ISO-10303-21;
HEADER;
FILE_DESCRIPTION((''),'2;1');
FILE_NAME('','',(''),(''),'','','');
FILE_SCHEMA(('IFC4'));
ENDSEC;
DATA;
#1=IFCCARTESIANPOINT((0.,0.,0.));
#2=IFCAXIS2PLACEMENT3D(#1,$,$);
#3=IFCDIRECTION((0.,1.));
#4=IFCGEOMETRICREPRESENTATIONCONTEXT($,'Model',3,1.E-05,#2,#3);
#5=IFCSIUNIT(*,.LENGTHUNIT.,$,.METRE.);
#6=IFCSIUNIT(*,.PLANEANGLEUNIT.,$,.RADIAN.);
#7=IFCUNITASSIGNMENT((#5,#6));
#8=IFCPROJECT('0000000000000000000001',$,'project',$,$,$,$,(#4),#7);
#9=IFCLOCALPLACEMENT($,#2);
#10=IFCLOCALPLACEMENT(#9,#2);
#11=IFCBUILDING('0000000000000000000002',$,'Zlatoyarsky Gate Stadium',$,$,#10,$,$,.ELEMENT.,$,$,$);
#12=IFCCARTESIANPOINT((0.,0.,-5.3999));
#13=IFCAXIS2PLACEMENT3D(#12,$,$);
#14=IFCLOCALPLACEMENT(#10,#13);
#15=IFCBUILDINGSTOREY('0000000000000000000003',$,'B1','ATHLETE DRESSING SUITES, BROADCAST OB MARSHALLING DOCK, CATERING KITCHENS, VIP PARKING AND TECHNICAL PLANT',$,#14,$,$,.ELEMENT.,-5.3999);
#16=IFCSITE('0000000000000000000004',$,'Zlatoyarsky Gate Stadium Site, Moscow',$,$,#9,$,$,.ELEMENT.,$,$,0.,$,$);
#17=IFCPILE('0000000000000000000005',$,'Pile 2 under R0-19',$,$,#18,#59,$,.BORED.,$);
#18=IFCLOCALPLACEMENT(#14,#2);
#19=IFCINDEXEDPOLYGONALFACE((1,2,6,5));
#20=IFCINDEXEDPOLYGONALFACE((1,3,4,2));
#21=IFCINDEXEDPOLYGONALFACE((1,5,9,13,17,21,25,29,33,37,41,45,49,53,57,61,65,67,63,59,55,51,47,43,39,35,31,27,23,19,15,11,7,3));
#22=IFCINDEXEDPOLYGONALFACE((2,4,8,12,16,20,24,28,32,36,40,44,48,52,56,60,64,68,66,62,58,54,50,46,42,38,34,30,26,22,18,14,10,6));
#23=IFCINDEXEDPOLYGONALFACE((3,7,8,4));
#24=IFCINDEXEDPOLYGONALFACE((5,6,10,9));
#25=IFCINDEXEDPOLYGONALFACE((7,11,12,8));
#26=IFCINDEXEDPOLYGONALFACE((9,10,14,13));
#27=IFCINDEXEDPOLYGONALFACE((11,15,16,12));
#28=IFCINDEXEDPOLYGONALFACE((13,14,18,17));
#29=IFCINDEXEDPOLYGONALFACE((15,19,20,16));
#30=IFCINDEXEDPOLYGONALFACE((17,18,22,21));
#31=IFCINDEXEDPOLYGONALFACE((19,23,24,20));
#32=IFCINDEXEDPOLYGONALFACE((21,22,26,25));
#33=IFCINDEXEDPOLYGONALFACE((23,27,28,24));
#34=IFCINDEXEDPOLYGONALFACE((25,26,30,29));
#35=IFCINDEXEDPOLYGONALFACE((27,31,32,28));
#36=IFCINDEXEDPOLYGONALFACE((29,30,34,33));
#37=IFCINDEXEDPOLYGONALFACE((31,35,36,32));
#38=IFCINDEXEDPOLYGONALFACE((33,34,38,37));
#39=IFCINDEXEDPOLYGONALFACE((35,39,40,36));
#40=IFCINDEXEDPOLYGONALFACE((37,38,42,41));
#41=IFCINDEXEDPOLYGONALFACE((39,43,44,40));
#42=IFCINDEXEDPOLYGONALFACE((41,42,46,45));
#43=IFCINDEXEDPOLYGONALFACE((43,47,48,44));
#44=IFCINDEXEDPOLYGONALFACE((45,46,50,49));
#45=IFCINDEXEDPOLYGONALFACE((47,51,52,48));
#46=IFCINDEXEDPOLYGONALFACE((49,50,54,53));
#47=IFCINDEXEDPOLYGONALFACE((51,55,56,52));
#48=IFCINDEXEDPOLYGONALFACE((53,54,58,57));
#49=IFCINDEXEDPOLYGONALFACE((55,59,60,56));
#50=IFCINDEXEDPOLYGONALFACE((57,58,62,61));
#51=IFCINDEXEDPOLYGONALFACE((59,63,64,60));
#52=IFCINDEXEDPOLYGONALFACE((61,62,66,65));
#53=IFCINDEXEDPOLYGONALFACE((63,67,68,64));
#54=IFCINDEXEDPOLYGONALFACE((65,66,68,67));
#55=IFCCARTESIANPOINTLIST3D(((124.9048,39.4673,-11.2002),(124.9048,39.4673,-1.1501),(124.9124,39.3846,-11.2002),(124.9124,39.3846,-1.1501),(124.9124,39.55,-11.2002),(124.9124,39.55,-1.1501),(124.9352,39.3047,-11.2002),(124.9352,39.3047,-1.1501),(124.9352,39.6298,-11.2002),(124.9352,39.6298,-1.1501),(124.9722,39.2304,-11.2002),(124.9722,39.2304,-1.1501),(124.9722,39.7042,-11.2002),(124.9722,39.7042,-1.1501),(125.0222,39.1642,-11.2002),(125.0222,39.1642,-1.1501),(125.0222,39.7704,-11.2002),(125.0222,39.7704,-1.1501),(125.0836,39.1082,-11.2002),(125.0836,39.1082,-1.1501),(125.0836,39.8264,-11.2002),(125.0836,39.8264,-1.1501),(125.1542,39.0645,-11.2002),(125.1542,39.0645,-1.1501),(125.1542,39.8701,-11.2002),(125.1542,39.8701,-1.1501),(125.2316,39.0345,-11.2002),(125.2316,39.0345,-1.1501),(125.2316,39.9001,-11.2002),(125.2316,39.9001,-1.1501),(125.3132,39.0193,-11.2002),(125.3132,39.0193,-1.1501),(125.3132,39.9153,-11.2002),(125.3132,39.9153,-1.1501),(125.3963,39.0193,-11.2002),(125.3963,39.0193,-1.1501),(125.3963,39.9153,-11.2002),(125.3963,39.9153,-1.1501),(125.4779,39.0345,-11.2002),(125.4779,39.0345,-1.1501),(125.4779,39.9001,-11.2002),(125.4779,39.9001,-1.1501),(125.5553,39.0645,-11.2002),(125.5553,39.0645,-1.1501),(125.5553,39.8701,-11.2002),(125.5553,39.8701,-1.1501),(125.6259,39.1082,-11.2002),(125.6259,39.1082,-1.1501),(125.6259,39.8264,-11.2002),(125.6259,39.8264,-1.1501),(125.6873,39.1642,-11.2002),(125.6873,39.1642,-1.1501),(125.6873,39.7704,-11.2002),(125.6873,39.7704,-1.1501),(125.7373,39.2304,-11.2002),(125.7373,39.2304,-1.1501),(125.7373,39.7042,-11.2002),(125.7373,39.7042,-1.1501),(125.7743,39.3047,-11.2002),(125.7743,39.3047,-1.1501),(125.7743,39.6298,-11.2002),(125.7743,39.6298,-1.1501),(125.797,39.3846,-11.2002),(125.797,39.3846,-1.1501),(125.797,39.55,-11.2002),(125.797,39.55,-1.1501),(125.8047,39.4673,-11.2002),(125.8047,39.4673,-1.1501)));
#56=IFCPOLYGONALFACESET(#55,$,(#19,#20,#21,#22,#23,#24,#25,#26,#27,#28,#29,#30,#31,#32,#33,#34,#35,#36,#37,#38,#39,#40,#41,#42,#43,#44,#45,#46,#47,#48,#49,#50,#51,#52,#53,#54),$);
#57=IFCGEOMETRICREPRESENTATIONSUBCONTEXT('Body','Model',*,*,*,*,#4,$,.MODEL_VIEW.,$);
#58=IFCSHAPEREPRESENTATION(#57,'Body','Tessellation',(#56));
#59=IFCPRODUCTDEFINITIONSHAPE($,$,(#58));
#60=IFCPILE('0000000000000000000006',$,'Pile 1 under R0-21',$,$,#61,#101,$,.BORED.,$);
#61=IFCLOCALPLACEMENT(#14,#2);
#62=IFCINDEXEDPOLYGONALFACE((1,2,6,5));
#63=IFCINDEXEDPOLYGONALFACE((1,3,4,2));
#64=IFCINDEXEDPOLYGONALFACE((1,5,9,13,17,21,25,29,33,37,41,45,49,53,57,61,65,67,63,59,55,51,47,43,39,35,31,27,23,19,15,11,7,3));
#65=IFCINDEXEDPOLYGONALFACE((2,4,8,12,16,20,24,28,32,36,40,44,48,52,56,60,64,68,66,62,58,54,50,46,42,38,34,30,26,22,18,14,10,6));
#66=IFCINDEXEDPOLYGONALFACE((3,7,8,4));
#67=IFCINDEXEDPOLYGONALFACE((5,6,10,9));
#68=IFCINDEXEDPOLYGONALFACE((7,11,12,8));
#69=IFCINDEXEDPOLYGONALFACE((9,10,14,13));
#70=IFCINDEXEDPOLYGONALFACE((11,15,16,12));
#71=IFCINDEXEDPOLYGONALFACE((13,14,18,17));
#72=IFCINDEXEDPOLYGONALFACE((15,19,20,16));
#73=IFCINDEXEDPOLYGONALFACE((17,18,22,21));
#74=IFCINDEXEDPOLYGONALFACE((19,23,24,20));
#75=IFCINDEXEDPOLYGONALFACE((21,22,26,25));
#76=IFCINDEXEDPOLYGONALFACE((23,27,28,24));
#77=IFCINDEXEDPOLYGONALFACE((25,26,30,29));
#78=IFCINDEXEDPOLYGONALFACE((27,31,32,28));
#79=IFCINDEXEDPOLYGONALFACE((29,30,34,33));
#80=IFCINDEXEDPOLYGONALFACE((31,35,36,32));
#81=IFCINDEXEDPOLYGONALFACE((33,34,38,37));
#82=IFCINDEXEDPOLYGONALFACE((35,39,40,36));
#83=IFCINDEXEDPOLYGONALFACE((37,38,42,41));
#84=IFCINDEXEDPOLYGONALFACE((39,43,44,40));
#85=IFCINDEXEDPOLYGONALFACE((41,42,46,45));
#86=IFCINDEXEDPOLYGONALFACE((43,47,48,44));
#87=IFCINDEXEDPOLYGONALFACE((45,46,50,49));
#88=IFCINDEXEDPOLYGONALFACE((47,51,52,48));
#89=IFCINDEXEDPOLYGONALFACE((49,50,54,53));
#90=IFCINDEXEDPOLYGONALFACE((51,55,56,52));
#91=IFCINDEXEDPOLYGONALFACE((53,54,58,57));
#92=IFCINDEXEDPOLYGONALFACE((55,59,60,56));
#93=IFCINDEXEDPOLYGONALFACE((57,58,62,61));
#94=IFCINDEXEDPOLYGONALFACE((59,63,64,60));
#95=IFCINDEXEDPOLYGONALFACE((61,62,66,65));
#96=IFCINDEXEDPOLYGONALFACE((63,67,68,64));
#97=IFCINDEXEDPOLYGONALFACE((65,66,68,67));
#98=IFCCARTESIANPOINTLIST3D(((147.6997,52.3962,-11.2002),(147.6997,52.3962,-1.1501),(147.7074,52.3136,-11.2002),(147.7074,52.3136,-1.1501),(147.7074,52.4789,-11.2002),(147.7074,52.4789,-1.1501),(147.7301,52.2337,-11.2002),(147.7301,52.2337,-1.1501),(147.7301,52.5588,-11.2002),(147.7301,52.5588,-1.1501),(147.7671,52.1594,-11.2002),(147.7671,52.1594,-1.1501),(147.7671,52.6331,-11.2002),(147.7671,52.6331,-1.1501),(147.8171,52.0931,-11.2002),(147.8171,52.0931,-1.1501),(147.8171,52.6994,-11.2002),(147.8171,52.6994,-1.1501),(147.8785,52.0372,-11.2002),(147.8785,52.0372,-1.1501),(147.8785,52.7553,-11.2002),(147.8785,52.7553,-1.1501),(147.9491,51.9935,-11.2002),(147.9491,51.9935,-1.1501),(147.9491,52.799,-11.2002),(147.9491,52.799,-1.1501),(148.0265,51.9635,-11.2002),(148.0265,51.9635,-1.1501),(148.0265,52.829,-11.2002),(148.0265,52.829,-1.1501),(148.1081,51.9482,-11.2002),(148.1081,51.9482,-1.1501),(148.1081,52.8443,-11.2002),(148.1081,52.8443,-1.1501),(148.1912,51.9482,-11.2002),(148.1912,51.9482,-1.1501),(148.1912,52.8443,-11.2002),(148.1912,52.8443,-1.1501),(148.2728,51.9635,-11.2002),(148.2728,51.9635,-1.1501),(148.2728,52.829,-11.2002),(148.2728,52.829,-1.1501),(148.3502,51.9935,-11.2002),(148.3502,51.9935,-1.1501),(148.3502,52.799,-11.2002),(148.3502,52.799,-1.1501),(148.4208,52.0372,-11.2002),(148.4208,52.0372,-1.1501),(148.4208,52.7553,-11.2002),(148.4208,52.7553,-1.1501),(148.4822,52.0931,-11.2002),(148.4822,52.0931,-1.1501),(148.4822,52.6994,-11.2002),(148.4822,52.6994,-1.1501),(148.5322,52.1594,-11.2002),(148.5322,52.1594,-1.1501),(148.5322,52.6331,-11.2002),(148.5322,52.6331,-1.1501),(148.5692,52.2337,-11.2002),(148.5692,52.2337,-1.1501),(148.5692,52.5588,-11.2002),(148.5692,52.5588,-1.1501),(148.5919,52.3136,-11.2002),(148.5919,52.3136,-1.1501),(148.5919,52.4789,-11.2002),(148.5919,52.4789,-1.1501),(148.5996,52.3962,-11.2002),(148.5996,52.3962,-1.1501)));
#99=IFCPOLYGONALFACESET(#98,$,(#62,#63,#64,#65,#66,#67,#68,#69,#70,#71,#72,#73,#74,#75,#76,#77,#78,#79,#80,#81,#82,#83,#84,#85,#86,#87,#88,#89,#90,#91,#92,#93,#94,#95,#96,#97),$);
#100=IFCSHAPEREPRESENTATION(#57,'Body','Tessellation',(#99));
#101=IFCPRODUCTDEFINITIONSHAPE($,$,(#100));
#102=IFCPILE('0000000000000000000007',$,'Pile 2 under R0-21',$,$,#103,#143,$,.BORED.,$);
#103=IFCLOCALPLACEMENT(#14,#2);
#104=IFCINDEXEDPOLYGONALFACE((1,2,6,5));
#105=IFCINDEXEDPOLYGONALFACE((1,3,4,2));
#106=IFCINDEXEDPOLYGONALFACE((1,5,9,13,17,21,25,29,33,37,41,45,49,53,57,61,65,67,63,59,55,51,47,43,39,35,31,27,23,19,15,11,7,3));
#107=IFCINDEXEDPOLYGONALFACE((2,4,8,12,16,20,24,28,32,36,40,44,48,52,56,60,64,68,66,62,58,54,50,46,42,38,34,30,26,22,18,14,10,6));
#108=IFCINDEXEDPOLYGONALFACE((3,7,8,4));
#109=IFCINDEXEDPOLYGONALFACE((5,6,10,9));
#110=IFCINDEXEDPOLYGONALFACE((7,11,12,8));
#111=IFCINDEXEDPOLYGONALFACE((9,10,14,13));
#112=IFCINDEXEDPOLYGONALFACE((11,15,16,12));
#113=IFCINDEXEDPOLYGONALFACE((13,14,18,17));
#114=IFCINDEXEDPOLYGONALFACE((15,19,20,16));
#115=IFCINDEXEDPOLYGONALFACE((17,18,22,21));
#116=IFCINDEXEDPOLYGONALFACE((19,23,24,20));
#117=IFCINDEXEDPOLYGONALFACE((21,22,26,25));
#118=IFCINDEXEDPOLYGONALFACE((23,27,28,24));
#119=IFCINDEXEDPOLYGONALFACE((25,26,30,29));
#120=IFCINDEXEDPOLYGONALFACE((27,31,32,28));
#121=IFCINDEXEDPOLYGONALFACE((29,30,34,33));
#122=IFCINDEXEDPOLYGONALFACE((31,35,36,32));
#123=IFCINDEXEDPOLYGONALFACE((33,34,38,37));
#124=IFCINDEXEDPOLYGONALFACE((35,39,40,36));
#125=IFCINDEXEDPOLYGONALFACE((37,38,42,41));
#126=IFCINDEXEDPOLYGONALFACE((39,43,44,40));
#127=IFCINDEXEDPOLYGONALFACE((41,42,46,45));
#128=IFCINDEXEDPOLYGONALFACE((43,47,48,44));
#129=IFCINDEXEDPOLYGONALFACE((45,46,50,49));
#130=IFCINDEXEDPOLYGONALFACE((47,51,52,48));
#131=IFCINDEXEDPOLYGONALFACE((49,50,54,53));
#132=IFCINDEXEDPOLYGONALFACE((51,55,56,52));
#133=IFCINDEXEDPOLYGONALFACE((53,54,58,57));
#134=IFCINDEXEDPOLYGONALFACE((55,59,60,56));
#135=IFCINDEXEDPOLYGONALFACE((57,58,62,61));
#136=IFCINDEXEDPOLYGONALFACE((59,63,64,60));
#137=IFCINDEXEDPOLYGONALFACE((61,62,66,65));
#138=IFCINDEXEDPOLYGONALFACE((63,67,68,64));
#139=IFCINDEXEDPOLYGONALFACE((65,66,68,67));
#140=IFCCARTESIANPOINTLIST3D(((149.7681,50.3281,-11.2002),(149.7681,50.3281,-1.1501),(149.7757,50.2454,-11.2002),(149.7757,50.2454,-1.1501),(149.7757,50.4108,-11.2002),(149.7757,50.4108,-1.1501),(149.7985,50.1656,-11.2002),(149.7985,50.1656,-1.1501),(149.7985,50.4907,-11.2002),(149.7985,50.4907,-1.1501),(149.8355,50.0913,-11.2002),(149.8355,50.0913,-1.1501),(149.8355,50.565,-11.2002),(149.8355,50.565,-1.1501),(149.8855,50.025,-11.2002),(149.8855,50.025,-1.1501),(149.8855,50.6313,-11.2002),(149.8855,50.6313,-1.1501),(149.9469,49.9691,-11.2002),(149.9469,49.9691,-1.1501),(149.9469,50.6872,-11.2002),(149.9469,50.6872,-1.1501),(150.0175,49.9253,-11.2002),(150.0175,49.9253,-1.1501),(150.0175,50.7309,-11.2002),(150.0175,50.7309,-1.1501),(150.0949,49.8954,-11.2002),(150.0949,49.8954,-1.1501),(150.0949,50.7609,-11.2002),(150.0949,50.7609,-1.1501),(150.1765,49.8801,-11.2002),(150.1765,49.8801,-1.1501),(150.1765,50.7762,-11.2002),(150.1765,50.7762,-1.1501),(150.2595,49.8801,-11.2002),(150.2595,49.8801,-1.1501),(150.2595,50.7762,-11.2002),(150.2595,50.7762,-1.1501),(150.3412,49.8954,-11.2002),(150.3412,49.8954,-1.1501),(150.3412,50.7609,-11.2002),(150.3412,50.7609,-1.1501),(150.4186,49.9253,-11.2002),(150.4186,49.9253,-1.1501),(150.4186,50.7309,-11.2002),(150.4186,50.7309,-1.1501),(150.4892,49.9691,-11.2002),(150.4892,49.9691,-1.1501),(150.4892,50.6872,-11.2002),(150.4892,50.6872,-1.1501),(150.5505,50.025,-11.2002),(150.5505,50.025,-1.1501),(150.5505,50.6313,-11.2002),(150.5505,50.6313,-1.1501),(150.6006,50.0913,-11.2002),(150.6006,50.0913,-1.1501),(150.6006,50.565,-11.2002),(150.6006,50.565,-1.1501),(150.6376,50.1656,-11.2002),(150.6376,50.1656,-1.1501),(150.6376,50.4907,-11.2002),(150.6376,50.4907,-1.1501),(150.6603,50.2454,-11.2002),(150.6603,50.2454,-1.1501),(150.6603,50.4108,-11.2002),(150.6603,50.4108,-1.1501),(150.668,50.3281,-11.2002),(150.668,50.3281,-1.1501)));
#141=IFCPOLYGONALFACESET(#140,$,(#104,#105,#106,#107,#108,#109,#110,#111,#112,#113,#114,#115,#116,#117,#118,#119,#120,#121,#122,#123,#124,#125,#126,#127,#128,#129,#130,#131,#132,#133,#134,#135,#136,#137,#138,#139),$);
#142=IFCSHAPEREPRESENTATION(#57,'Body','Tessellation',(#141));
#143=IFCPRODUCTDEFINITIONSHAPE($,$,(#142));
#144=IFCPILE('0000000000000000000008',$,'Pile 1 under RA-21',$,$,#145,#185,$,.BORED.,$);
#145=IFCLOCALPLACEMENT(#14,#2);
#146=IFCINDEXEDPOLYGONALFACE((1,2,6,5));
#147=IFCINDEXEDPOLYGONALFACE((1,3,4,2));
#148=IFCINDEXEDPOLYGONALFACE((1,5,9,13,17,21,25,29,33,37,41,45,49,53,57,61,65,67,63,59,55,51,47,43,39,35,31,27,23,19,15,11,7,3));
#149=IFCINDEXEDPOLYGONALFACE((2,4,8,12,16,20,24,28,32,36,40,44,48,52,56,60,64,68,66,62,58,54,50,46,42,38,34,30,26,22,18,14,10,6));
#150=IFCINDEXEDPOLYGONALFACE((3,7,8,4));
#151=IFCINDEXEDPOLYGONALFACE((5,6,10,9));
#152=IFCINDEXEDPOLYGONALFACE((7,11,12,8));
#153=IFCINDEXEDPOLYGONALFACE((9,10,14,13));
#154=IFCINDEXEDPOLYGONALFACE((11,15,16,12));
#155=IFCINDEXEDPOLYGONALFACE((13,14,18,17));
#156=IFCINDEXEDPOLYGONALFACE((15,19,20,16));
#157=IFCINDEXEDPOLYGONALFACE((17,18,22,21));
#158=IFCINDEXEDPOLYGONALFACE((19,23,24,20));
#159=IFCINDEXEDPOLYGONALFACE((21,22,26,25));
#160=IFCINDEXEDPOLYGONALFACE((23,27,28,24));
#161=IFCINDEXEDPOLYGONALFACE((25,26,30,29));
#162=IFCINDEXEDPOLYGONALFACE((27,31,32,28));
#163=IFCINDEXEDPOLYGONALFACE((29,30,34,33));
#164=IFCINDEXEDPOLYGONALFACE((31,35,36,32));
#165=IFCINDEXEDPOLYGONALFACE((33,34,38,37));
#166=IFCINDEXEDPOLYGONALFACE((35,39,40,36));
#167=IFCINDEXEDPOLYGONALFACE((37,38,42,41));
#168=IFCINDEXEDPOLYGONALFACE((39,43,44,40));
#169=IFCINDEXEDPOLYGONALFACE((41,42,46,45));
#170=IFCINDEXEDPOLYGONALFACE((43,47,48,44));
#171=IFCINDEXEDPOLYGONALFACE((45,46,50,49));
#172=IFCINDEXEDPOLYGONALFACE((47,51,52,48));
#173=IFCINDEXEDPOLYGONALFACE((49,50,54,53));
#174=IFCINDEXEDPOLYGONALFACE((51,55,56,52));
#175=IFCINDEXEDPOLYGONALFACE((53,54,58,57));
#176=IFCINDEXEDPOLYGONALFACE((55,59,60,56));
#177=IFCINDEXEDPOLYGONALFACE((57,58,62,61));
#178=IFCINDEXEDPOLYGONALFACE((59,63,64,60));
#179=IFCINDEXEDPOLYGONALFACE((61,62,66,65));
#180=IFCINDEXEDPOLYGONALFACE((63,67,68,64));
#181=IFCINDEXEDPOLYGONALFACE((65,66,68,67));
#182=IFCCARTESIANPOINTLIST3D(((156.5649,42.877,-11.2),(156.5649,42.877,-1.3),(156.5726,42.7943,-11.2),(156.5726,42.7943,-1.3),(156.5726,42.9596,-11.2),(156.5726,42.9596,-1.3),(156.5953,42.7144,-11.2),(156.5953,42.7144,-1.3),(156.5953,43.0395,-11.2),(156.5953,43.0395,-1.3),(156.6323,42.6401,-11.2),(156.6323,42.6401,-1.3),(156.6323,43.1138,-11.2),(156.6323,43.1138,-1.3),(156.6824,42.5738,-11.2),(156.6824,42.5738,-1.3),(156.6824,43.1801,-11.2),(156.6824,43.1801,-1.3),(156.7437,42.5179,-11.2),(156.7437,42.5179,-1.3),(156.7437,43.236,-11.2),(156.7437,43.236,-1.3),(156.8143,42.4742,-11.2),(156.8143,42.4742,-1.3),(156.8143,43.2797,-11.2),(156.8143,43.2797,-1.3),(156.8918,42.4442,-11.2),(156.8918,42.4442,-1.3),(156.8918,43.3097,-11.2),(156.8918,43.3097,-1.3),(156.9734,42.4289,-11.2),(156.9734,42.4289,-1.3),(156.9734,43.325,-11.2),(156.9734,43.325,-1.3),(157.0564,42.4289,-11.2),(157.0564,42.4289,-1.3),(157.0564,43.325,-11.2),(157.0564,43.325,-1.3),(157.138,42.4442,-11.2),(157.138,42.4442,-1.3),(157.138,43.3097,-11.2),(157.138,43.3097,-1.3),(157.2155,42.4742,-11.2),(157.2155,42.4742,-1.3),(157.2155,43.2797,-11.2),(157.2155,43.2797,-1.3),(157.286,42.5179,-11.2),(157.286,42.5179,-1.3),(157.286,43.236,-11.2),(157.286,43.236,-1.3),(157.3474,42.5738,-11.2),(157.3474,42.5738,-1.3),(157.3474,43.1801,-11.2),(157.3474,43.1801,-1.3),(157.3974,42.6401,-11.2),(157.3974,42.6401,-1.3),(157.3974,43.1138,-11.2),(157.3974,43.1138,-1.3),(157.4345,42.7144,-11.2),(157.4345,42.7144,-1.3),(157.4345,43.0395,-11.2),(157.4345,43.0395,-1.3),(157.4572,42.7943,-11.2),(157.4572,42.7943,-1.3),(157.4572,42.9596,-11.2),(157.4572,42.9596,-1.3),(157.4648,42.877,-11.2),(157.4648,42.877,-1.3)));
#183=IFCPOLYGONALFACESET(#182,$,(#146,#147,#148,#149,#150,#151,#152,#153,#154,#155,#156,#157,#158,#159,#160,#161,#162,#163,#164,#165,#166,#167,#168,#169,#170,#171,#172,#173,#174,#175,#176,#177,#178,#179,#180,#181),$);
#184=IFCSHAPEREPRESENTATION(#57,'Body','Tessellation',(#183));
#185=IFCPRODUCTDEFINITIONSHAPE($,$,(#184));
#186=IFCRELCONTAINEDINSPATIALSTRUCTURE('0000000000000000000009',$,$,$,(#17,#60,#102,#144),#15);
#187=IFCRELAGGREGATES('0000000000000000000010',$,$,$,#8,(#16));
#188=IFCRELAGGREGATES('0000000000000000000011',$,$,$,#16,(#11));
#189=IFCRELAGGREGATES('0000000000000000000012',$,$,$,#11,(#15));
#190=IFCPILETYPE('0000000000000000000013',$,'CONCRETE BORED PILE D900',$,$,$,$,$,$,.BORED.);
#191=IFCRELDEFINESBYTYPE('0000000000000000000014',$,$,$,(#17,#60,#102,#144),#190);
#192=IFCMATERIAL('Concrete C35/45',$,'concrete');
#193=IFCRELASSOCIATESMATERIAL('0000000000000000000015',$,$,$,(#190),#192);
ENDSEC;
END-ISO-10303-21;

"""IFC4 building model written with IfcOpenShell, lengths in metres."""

from ifc_helpers import new_model, si_unit, direction, frame, origin, origin_2d, place, context, subcontext, project, spatial, circle, extrude, material, material_profile, profile_set, type_object, element, save


model = new_model("IFC4")

# Units and contexts
model_context = context("Model", 3, precision=1e-05, world=origin(), true_north=direction((0.0, 1.0)))
body_context = subcontext(model_context, "Body", "Model", "MODEL_VIEW")
ifc_project = project(units=[si_unit("LENGTHUNIT", "METRE"), si_unit("PLANEANGLEUNIT", "RADIAN")], contexts=[model_context])

# Site, building, storey
site_placement = place(None, origin())
site = spatial("IfcSite", under=ifc_project, at=site_placement, Name="Zlatoyarsky Gate Stadium Site, Moscow", CompositionType="ELEMENT", RefElevation=0.0)
building_placement = place(site_placement, origin())
building = spatial("IfcBuilding", under=site, at=building_placement, Name="Zlatoyarsky Gate Stadium", CompositionType="ELEMENT")
storey_placement = place(building_placement, frame((0.0, 0.0, -5.3999)))
storey = spatial("IfcBuildingStorey", under=building, at=storey_placement, Name="B1", Description="ATHLETE DRESSING SUITES, BROADCAST OB MARSHALLING DOCK, CATERING KITCHENS, VIP PARKING AND TECHNICAL PLANT", CompositionType="ELEMENT", Elevation=-5.3999)

# Piles
ifc_material_1 = material(Name="Concrete C35/45", Category="concrete")
ifc_material_profile_1 = material_profile(ifc_material_1, circle(Radius=0.45, at=origin_2d()), Name="BORED PILE D900")
ifc_profile_set_1 = profile_set([ifc_material_profile_1], Name="Concrete C35/45")
pile_type_1 = type_object("IfcPileType", Name="CONCRETE BORED PILE D900", PredefinedType="BORED", material=ifc_profile_set_1)
for number, where, z_axis, x_axis, name in (
    (1, (125.3547, 39.4673, -1.1501), (0.0, 0.0, -1.0), (1.0, 0.0, 0.0), "Pile 2 under R0-19"),
    (2, (148.1497, 52.3962, -1.1501), (0.0, 0.0, -1.0), (1.0, 0.0, 0.0), "Pile 1 under R0-21"),
    (3, (150.218, 50.3281, -1.1501), (0.0, 0.0, -1.0), (1.0, 0.0, 0.0), "Pile 2 under R0-21"),
):
    element("IfcPile", number, at=place(storey_placement, frame(where, z_axis=z_axis, x_axis=x_axis)), inside=storey, type_object=pile_type_1, Name=name, PredefinedType="BORED", context=body_context, shape_type="SweptSolid", body=[
        extrude(circle(Radius=0.45, at=origin_2d()), origin(), (0.0, 0.0, 1.0), 10.05),
    ])
for number, where, z_axis, x_axis, name in (
    (4, (157.0149, 42.877, -1.3), (0.0, 0.0, -1.0), (1.0, 0.0, 0.0), "Pile 1 under RA-21"),
):
    element("IfcPile", number, at=place(storey_placement, frame(where, z_axis=z_axis, x_axis=x_axis)), inside=storey, type_object=pile_type_1, Name=name, PredefinedType="BORED", context=body_context, shape_type="SweptSolid", body=[
        extrude(circle(Radius=0.45, at=origin_2d()), origin(), (0.0, 0.0, 1.0), 9.8999),
    ])

save(model, "model.ifc")
